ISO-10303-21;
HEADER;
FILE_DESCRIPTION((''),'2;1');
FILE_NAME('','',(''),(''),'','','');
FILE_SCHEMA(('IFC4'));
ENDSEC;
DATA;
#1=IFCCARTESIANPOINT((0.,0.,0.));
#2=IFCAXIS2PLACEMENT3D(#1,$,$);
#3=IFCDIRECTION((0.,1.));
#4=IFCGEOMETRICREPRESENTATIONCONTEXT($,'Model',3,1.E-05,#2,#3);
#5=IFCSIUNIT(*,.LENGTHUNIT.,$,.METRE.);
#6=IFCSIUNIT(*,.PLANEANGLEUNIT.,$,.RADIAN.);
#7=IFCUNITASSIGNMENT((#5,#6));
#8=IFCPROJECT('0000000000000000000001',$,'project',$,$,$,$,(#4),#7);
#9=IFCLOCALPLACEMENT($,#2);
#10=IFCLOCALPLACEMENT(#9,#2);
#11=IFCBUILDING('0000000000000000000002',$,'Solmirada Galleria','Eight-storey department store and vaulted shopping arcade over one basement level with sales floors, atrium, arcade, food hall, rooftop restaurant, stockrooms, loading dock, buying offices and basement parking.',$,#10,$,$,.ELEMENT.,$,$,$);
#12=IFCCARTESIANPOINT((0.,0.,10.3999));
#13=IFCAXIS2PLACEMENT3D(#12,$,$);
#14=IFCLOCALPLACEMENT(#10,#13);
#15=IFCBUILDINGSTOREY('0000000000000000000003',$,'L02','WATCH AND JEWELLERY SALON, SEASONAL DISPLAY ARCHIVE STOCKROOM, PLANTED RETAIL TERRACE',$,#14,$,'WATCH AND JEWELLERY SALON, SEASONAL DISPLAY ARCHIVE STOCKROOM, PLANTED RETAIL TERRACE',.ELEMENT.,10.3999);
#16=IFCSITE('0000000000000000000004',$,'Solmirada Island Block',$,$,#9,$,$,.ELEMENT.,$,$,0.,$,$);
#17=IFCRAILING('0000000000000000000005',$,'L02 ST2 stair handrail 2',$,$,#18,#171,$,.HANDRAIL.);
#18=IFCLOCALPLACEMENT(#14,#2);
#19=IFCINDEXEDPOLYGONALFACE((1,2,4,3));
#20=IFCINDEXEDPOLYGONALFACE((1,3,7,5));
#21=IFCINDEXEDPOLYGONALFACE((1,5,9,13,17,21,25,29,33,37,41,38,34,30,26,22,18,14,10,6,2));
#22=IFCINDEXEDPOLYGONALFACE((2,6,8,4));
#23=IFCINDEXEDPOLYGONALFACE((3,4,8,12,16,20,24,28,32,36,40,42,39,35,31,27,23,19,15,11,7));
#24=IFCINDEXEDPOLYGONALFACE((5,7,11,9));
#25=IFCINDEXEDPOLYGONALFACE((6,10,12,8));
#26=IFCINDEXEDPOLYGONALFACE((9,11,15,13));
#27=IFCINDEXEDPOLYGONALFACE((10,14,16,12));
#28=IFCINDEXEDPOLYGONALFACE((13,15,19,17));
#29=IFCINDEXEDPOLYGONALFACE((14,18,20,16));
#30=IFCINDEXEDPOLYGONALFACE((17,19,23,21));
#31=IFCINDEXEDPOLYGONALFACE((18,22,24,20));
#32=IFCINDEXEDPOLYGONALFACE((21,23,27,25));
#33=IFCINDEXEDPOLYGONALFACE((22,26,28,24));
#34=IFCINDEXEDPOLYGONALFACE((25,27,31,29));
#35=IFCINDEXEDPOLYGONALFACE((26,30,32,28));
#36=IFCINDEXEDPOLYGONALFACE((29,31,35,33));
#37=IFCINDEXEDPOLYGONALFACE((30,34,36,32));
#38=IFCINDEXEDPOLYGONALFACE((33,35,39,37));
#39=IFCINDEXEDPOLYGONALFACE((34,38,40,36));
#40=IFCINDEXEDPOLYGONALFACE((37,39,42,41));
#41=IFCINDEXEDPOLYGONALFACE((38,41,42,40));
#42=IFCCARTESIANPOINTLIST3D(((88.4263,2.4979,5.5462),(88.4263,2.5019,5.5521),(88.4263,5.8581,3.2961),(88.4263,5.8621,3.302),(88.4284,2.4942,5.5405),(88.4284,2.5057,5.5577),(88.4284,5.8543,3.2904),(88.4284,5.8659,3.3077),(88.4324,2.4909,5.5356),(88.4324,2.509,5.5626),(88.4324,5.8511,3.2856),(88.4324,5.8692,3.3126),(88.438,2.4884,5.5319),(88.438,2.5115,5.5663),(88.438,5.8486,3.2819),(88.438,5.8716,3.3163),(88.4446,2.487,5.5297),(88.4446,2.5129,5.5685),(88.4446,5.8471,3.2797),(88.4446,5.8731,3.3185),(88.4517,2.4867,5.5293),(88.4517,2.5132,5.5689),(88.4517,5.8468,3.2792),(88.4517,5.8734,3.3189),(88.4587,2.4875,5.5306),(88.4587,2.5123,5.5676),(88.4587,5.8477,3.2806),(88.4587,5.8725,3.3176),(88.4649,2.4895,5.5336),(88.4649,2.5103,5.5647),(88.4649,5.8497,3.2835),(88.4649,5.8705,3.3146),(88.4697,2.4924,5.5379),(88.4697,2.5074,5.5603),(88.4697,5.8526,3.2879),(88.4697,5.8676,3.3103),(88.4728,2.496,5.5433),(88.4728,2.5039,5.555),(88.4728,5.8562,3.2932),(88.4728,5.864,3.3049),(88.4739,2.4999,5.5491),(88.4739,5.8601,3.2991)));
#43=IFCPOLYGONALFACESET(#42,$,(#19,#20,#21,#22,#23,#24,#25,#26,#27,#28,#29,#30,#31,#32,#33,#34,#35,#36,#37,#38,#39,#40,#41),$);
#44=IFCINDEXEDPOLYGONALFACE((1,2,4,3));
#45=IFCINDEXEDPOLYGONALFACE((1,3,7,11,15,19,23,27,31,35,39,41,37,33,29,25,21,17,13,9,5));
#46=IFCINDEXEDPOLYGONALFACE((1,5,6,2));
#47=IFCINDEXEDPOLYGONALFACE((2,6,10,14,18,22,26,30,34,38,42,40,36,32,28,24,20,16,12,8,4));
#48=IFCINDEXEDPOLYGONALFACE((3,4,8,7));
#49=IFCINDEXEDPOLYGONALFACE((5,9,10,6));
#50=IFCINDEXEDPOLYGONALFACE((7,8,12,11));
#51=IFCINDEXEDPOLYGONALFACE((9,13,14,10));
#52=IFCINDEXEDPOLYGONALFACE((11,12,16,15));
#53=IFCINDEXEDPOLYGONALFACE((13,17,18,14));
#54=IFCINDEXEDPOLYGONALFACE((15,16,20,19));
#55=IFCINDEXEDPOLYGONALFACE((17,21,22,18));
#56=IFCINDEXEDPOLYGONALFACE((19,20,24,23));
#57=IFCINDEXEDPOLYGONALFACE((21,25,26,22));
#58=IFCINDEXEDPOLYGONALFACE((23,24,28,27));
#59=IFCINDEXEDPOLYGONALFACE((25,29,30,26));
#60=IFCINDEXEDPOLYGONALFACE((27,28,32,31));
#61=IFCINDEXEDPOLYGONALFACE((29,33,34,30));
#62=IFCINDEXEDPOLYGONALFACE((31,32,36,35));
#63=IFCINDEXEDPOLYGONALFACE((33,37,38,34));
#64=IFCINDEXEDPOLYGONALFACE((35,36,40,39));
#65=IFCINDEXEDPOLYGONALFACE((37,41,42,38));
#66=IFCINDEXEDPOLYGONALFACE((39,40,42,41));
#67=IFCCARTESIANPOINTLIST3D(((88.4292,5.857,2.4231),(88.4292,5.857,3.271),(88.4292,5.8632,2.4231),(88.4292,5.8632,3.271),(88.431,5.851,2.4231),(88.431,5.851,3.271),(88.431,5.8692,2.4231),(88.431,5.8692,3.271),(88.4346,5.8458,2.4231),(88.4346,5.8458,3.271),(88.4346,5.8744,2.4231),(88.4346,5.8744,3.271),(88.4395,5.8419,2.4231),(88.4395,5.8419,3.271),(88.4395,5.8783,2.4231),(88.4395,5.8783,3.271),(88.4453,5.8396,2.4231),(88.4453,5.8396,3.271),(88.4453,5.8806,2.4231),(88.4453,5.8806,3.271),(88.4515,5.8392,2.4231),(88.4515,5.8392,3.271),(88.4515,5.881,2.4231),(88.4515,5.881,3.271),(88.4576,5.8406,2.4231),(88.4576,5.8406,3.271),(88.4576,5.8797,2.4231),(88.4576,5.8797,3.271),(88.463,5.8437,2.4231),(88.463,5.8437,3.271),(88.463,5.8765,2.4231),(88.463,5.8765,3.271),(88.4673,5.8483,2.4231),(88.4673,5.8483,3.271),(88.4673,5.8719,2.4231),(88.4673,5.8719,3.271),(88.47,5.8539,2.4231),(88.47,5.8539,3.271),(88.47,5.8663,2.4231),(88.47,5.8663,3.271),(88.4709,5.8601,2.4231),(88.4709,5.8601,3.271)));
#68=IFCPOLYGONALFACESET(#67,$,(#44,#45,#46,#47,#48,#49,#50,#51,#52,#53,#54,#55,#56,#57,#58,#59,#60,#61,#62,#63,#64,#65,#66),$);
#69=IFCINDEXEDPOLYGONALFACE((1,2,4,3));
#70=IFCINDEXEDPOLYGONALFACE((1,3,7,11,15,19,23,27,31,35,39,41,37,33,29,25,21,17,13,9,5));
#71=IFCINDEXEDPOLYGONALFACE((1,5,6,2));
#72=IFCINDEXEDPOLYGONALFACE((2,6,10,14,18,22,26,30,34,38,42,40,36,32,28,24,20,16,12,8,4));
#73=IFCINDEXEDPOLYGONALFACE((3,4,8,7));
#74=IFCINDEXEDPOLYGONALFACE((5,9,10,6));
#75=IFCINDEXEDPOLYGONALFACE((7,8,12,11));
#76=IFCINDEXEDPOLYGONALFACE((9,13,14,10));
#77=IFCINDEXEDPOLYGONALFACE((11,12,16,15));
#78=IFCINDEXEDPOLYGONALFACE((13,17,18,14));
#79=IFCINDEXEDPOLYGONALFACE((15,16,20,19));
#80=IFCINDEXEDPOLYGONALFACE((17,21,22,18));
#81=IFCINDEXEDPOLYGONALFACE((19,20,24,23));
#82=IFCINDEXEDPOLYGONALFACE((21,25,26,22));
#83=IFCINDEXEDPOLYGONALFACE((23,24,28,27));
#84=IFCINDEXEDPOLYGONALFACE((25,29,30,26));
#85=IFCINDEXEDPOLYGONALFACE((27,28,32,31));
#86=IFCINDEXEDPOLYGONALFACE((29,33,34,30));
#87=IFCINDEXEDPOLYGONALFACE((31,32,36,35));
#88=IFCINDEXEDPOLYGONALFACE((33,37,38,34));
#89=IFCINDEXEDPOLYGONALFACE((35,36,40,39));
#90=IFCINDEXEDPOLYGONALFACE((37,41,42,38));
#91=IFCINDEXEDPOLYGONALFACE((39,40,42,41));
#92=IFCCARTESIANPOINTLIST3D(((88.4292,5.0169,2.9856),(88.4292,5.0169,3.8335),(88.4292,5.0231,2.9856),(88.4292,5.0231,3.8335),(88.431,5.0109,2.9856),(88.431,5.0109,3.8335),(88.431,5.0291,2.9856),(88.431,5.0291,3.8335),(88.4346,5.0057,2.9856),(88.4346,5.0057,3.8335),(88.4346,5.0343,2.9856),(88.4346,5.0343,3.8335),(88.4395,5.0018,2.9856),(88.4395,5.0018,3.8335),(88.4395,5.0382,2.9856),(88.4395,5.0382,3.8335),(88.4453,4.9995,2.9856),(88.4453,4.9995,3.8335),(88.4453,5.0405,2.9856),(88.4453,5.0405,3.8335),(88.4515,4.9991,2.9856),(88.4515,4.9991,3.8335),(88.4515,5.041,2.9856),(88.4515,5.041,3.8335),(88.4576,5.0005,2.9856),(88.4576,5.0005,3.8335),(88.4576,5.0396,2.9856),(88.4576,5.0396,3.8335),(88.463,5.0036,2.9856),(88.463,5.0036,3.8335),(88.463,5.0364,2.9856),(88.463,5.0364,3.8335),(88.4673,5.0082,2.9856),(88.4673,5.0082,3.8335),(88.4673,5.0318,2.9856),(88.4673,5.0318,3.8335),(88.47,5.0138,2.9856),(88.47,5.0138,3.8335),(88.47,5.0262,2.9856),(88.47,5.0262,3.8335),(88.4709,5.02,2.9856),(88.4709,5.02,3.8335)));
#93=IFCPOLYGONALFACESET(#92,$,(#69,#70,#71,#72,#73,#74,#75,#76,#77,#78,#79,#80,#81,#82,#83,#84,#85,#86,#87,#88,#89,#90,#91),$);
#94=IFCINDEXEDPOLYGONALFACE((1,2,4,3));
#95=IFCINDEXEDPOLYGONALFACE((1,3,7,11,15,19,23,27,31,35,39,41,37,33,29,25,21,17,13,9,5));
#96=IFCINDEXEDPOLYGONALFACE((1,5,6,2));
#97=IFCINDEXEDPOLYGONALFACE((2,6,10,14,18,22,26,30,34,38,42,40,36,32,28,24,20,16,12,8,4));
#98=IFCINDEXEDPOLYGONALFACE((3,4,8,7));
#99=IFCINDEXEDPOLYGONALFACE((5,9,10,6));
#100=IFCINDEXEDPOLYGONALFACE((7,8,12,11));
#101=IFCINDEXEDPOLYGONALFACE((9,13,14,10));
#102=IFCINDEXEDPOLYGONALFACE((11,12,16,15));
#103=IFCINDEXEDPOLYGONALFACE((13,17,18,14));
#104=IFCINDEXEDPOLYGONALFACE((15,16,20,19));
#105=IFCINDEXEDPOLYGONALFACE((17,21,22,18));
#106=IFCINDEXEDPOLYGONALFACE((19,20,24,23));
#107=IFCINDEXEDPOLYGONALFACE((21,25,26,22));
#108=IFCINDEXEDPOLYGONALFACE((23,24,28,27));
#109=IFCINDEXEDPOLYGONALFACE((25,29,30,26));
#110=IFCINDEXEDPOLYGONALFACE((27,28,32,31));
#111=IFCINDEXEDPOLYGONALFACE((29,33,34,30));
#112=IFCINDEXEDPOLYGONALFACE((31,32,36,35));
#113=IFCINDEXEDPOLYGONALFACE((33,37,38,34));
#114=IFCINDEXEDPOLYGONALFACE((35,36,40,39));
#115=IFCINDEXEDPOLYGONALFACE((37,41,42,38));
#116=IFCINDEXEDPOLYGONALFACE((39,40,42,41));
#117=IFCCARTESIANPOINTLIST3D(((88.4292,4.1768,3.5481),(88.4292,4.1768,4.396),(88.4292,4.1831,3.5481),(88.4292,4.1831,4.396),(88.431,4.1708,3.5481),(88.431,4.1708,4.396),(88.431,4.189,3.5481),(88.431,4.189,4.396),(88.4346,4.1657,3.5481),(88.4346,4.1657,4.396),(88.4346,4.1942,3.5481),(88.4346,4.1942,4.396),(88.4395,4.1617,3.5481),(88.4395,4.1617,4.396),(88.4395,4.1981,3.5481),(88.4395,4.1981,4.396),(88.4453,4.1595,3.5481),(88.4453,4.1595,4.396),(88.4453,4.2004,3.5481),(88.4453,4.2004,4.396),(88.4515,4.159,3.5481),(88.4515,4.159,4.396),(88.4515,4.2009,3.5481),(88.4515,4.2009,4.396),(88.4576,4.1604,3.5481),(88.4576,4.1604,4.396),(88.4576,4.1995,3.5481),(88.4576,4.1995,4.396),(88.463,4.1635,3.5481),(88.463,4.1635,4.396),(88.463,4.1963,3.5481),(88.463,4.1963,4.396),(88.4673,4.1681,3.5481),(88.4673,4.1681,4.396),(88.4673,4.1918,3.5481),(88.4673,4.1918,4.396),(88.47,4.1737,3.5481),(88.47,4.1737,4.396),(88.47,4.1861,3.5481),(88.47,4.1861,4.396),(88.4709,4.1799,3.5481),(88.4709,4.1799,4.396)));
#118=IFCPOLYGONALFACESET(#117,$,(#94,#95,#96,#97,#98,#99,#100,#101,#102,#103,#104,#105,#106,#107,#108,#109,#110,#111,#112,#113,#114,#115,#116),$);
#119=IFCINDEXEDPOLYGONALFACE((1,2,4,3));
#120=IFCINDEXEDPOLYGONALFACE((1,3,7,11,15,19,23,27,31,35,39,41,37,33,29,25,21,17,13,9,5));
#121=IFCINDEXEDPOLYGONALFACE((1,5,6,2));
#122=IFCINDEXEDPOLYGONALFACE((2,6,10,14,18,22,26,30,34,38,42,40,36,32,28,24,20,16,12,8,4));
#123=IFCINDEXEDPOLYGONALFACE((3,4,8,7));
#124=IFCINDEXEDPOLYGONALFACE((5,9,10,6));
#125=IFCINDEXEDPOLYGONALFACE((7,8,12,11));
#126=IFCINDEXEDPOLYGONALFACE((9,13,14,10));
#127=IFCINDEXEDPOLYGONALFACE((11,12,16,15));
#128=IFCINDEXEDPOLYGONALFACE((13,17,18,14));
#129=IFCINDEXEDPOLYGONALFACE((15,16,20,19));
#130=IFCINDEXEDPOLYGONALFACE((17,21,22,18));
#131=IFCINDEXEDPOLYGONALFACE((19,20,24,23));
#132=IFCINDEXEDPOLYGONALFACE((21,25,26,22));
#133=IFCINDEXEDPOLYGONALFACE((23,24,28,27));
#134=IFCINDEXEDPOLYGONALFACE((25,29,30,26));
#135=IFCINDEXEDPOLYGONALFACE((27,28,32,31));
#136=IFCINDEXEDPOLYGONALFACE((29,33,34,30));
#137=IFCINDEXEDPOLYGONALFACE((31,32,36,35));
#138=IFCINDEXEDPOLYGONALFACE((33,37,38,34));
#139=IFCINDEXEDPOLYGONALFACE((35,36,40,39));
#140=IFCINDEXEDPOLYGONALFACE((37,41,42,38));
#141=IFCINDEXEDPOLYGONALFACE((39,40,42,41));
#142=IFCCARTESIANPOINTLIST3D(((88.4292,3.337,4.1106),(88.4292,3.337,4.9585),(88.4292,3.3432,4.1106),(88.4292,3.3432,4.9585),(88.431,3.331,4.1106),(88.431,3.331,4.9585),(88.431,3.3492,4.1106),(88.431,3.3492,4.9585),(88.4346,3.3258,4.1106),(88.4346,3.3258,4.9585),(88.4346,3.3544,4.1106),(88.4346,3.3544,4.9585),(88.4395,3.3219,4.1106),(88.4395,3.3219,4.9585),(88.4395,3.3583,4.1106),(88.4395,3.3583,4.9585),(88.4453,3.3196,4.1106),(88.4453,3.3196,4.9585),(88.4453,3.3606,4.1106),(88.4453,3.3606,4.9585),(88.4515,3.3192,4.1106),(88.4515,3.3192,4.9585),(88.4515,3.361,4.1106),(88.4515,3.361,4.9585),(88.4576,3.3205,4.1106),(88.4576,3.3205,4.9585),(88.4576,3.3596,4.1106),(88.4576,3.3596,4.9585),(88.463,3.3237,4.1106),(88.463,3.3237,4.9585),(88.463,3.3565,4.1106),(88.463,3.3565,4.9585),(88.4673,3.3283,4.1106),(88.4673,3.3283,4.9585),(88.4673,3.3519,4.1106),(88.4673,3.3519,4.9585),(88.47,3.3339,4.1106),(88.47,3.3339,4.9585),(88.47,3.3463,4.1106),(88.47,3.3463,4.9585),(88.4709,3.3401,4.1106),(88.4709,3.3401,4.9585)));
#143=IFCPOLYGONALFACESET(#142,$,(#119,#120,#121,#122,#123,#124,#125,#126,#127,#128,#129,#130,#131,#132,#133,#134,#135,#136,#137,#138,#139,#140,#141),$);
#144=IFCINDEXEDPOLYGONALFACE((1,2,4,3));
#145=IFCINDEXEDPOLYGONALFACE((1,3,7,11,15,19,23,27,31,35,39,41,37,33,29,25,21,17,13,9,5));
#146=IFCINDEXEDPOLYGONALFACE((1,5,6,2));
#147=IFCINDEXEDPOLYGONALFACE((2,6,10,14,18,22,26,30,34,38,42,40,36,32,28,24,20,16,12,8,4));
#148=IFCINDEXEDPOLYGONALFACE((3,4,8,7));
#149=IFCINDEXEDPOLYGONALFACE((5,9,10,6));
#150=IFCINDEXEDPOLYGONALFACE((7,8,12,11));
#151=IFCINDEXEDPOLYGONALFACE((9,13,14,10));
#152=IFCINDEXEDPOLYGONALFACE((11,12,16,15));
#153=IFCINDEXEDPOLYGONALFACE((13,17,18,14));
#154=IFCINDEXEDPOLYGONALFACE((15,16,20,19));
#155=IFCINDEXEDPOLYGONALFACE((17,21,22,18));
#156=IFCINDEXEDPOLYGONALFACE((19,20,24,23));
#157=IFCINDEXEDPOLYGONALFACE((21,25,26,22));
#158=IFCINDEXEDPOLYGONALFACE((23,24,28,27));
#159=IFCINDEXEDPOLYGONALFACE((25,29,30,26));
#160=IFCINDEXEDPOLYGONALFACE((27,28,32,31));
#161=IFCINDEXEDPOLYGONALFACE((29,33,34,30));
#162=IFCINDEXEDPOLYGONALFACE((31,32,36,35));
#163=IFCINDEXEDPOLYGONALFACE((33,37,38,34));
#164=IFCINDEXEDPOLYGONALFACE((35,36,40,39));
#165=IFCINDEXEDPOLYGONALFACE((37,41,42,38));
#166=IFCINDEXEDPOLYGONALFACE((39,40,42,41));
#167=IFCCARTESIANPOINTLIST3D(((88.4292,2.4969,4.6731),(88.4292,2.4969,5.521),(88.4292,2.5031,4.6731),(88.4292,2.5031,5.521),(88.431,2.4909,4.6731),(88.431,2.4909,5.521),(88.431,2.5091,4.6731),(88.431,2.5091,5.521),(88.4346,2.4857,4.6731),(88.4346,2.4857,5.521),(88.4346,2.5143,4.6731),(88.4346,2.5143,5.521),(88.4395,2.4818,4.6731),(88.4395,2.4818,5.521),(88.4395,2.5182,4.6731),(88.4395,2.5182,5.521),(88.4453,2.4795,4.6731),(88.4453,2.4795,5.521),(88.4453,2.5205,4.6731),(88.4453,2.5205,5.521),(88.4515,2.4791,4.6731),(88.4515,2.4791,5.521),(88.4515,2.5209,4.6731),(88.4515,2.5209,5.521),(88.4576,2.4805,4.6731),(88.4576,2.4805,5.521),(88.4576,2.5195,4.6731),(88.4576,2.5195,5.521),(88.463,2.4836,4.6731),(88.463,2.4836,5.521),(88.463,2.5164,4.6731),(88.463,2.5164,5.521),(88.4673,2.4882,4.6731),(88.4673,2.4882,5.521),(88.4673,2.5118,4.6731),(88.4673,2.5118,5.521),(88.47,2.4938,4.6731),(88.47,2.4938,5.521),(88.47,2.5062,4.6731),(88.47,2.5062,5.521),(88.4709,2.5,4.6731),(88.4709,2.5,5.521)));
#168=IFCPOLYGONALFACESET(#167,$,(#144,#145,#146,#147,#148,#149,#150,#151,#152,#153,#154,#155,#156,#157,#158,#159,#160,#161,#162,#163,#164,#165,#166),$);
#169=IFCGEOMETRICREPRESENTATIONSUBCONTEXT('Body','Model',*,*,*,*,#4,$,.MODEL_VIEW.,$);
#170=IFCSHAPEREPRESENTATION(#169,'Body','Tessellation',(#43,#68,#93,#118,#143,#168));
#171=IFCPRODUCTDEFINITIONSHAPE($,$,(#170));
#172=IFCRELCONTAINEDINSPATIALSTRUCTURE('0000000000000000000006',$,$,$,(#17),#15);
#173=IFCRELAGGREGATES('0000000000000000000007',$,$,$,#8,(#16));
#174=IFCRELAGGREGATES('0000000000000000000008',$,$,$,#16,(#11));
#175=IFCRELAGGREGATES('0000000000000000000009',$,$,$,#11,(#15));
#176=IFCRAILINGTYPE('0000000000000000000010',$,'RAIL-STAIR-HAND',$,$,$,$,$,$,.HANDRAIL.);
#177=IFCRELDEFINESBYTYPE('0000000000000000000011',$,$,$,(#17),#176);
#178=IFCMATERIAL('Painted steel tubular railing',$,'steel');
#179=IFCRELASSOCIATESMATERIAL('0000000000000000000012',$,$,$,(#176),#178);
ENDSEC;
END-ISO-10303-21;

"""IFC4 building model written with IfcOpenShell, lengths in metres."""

from ifc_helpers import new_model, si_unit, direction, frame, origin, origin_2d, place, context, subcontext, project, spatial, circle, extrude, material, type_object, element, save


model = new_model("IFC4")

# Units and contexts
model_context = context("Model", 3, precision=1e-05, world=origin(), true_north=direction((0.0, 1.0)))
body_context = subcontext(model_context, "Body", "Model", "MODEL_VIEW")
ifc_project = project(units=[si_unit("LENGTHUNIT", "METRE"), si_unit("PLANEANGLEUNIT", "RADIAN")], contexts=[model_context])

# Site, building, storey
site_placement = place(None, origin())
site = spatial("IfcSite", under=ifc_project, at=site_placement, Name="Solmirada Island Block", CompositionType="ELEMENT", RefElevation=0.0)
building_placement = place(site_placement, origin())
building = spatial("IfcBuilding", under=site, at=building_placement, Name="Solmirada Galleria", Description="Eight-storey department store and vaulted shopping arcade over one basement level with sales floors, atrium, arcade, food hall, rooftop restaurant, stockrooms, loading dock, buying offices and basement parking.", CompositionType="ELEMENT")
storey_placement = place(building_placement, frame((0.0, 0.0, 10.3999)))
storey = spatial("IfcBuildingStorey", under=building, at=storey_placement, Name="L02", Description="WATCH AND JEWELLERY SALON, SEASONAL DISPLAY ARCHIVE STOCKROOM, PLANTED RETAIL TERRACE", LongName="WATCH AND JEWELLERY SALON, SEASONAL DISPLAY ARCHIVE STOCKROOM, PLANTED RETAIL TERRACE", CompositionType="ELEMENT", Elevation=10.3999)

# Railing
ifc_material_1 = material(Name="Painted steel tubular railing", Category="steel")
railing_type_1 = type_object("IfcRailingType", Name="RAIL-STAIR-HAND", PredefinedType="HANDRAIL", material=ifc_material_1)
railing_1_placement = place(storey_placement, frame((88.45, 5.8601, 2.4231)))
element("IfcRailing", 1, at=railing_1_placement, inside=storey, type_object=railing_type_1, Name="L02 ST2 stair handrail 2", PredefinedType="HANDRAIL", context=body_context, shape_type="SweptSolid", body=[
    extrude(circle(Radius=0.0239, at=origin_2d()), frame((0.0, 0.0, 0.876), z_axis=(0.0, -0.830915, 0.556399), x_axis=(1.0, 0.0, 0.0)), (0.0, 0.0, 1.0), 4.0439),
    extrude(circle(Radius=0.021, at=origin_2d()), origin(), (0.0, 0.0, 1.0), 0.8479),
    extrude(circle(Radius=0.021, at=origin_2d()), frame((0.0, -0.8401, 0.5625)), (0.0, 0.0, 1.0), 0.8479),
    extrude(circle(Radius=0.021, at=origin_2d()), frame((0.0, -1.6802, 1.125)), (0.0, 0.0, 1.0), 0.8479),
    extrude(circle(Radius=0.021, at=origin_2d()), frame((0.0, -2.52, 1.6875)), (0.0, 0.0, 1.0), 0.8479),
    extrude(circle(Radius=0.021, at=origin_2d()), frame((0.0, -3.3601, 2.25)), (0.0, 0.0, 1.0), 0.8479),
])

save(model, "model.ifc")
